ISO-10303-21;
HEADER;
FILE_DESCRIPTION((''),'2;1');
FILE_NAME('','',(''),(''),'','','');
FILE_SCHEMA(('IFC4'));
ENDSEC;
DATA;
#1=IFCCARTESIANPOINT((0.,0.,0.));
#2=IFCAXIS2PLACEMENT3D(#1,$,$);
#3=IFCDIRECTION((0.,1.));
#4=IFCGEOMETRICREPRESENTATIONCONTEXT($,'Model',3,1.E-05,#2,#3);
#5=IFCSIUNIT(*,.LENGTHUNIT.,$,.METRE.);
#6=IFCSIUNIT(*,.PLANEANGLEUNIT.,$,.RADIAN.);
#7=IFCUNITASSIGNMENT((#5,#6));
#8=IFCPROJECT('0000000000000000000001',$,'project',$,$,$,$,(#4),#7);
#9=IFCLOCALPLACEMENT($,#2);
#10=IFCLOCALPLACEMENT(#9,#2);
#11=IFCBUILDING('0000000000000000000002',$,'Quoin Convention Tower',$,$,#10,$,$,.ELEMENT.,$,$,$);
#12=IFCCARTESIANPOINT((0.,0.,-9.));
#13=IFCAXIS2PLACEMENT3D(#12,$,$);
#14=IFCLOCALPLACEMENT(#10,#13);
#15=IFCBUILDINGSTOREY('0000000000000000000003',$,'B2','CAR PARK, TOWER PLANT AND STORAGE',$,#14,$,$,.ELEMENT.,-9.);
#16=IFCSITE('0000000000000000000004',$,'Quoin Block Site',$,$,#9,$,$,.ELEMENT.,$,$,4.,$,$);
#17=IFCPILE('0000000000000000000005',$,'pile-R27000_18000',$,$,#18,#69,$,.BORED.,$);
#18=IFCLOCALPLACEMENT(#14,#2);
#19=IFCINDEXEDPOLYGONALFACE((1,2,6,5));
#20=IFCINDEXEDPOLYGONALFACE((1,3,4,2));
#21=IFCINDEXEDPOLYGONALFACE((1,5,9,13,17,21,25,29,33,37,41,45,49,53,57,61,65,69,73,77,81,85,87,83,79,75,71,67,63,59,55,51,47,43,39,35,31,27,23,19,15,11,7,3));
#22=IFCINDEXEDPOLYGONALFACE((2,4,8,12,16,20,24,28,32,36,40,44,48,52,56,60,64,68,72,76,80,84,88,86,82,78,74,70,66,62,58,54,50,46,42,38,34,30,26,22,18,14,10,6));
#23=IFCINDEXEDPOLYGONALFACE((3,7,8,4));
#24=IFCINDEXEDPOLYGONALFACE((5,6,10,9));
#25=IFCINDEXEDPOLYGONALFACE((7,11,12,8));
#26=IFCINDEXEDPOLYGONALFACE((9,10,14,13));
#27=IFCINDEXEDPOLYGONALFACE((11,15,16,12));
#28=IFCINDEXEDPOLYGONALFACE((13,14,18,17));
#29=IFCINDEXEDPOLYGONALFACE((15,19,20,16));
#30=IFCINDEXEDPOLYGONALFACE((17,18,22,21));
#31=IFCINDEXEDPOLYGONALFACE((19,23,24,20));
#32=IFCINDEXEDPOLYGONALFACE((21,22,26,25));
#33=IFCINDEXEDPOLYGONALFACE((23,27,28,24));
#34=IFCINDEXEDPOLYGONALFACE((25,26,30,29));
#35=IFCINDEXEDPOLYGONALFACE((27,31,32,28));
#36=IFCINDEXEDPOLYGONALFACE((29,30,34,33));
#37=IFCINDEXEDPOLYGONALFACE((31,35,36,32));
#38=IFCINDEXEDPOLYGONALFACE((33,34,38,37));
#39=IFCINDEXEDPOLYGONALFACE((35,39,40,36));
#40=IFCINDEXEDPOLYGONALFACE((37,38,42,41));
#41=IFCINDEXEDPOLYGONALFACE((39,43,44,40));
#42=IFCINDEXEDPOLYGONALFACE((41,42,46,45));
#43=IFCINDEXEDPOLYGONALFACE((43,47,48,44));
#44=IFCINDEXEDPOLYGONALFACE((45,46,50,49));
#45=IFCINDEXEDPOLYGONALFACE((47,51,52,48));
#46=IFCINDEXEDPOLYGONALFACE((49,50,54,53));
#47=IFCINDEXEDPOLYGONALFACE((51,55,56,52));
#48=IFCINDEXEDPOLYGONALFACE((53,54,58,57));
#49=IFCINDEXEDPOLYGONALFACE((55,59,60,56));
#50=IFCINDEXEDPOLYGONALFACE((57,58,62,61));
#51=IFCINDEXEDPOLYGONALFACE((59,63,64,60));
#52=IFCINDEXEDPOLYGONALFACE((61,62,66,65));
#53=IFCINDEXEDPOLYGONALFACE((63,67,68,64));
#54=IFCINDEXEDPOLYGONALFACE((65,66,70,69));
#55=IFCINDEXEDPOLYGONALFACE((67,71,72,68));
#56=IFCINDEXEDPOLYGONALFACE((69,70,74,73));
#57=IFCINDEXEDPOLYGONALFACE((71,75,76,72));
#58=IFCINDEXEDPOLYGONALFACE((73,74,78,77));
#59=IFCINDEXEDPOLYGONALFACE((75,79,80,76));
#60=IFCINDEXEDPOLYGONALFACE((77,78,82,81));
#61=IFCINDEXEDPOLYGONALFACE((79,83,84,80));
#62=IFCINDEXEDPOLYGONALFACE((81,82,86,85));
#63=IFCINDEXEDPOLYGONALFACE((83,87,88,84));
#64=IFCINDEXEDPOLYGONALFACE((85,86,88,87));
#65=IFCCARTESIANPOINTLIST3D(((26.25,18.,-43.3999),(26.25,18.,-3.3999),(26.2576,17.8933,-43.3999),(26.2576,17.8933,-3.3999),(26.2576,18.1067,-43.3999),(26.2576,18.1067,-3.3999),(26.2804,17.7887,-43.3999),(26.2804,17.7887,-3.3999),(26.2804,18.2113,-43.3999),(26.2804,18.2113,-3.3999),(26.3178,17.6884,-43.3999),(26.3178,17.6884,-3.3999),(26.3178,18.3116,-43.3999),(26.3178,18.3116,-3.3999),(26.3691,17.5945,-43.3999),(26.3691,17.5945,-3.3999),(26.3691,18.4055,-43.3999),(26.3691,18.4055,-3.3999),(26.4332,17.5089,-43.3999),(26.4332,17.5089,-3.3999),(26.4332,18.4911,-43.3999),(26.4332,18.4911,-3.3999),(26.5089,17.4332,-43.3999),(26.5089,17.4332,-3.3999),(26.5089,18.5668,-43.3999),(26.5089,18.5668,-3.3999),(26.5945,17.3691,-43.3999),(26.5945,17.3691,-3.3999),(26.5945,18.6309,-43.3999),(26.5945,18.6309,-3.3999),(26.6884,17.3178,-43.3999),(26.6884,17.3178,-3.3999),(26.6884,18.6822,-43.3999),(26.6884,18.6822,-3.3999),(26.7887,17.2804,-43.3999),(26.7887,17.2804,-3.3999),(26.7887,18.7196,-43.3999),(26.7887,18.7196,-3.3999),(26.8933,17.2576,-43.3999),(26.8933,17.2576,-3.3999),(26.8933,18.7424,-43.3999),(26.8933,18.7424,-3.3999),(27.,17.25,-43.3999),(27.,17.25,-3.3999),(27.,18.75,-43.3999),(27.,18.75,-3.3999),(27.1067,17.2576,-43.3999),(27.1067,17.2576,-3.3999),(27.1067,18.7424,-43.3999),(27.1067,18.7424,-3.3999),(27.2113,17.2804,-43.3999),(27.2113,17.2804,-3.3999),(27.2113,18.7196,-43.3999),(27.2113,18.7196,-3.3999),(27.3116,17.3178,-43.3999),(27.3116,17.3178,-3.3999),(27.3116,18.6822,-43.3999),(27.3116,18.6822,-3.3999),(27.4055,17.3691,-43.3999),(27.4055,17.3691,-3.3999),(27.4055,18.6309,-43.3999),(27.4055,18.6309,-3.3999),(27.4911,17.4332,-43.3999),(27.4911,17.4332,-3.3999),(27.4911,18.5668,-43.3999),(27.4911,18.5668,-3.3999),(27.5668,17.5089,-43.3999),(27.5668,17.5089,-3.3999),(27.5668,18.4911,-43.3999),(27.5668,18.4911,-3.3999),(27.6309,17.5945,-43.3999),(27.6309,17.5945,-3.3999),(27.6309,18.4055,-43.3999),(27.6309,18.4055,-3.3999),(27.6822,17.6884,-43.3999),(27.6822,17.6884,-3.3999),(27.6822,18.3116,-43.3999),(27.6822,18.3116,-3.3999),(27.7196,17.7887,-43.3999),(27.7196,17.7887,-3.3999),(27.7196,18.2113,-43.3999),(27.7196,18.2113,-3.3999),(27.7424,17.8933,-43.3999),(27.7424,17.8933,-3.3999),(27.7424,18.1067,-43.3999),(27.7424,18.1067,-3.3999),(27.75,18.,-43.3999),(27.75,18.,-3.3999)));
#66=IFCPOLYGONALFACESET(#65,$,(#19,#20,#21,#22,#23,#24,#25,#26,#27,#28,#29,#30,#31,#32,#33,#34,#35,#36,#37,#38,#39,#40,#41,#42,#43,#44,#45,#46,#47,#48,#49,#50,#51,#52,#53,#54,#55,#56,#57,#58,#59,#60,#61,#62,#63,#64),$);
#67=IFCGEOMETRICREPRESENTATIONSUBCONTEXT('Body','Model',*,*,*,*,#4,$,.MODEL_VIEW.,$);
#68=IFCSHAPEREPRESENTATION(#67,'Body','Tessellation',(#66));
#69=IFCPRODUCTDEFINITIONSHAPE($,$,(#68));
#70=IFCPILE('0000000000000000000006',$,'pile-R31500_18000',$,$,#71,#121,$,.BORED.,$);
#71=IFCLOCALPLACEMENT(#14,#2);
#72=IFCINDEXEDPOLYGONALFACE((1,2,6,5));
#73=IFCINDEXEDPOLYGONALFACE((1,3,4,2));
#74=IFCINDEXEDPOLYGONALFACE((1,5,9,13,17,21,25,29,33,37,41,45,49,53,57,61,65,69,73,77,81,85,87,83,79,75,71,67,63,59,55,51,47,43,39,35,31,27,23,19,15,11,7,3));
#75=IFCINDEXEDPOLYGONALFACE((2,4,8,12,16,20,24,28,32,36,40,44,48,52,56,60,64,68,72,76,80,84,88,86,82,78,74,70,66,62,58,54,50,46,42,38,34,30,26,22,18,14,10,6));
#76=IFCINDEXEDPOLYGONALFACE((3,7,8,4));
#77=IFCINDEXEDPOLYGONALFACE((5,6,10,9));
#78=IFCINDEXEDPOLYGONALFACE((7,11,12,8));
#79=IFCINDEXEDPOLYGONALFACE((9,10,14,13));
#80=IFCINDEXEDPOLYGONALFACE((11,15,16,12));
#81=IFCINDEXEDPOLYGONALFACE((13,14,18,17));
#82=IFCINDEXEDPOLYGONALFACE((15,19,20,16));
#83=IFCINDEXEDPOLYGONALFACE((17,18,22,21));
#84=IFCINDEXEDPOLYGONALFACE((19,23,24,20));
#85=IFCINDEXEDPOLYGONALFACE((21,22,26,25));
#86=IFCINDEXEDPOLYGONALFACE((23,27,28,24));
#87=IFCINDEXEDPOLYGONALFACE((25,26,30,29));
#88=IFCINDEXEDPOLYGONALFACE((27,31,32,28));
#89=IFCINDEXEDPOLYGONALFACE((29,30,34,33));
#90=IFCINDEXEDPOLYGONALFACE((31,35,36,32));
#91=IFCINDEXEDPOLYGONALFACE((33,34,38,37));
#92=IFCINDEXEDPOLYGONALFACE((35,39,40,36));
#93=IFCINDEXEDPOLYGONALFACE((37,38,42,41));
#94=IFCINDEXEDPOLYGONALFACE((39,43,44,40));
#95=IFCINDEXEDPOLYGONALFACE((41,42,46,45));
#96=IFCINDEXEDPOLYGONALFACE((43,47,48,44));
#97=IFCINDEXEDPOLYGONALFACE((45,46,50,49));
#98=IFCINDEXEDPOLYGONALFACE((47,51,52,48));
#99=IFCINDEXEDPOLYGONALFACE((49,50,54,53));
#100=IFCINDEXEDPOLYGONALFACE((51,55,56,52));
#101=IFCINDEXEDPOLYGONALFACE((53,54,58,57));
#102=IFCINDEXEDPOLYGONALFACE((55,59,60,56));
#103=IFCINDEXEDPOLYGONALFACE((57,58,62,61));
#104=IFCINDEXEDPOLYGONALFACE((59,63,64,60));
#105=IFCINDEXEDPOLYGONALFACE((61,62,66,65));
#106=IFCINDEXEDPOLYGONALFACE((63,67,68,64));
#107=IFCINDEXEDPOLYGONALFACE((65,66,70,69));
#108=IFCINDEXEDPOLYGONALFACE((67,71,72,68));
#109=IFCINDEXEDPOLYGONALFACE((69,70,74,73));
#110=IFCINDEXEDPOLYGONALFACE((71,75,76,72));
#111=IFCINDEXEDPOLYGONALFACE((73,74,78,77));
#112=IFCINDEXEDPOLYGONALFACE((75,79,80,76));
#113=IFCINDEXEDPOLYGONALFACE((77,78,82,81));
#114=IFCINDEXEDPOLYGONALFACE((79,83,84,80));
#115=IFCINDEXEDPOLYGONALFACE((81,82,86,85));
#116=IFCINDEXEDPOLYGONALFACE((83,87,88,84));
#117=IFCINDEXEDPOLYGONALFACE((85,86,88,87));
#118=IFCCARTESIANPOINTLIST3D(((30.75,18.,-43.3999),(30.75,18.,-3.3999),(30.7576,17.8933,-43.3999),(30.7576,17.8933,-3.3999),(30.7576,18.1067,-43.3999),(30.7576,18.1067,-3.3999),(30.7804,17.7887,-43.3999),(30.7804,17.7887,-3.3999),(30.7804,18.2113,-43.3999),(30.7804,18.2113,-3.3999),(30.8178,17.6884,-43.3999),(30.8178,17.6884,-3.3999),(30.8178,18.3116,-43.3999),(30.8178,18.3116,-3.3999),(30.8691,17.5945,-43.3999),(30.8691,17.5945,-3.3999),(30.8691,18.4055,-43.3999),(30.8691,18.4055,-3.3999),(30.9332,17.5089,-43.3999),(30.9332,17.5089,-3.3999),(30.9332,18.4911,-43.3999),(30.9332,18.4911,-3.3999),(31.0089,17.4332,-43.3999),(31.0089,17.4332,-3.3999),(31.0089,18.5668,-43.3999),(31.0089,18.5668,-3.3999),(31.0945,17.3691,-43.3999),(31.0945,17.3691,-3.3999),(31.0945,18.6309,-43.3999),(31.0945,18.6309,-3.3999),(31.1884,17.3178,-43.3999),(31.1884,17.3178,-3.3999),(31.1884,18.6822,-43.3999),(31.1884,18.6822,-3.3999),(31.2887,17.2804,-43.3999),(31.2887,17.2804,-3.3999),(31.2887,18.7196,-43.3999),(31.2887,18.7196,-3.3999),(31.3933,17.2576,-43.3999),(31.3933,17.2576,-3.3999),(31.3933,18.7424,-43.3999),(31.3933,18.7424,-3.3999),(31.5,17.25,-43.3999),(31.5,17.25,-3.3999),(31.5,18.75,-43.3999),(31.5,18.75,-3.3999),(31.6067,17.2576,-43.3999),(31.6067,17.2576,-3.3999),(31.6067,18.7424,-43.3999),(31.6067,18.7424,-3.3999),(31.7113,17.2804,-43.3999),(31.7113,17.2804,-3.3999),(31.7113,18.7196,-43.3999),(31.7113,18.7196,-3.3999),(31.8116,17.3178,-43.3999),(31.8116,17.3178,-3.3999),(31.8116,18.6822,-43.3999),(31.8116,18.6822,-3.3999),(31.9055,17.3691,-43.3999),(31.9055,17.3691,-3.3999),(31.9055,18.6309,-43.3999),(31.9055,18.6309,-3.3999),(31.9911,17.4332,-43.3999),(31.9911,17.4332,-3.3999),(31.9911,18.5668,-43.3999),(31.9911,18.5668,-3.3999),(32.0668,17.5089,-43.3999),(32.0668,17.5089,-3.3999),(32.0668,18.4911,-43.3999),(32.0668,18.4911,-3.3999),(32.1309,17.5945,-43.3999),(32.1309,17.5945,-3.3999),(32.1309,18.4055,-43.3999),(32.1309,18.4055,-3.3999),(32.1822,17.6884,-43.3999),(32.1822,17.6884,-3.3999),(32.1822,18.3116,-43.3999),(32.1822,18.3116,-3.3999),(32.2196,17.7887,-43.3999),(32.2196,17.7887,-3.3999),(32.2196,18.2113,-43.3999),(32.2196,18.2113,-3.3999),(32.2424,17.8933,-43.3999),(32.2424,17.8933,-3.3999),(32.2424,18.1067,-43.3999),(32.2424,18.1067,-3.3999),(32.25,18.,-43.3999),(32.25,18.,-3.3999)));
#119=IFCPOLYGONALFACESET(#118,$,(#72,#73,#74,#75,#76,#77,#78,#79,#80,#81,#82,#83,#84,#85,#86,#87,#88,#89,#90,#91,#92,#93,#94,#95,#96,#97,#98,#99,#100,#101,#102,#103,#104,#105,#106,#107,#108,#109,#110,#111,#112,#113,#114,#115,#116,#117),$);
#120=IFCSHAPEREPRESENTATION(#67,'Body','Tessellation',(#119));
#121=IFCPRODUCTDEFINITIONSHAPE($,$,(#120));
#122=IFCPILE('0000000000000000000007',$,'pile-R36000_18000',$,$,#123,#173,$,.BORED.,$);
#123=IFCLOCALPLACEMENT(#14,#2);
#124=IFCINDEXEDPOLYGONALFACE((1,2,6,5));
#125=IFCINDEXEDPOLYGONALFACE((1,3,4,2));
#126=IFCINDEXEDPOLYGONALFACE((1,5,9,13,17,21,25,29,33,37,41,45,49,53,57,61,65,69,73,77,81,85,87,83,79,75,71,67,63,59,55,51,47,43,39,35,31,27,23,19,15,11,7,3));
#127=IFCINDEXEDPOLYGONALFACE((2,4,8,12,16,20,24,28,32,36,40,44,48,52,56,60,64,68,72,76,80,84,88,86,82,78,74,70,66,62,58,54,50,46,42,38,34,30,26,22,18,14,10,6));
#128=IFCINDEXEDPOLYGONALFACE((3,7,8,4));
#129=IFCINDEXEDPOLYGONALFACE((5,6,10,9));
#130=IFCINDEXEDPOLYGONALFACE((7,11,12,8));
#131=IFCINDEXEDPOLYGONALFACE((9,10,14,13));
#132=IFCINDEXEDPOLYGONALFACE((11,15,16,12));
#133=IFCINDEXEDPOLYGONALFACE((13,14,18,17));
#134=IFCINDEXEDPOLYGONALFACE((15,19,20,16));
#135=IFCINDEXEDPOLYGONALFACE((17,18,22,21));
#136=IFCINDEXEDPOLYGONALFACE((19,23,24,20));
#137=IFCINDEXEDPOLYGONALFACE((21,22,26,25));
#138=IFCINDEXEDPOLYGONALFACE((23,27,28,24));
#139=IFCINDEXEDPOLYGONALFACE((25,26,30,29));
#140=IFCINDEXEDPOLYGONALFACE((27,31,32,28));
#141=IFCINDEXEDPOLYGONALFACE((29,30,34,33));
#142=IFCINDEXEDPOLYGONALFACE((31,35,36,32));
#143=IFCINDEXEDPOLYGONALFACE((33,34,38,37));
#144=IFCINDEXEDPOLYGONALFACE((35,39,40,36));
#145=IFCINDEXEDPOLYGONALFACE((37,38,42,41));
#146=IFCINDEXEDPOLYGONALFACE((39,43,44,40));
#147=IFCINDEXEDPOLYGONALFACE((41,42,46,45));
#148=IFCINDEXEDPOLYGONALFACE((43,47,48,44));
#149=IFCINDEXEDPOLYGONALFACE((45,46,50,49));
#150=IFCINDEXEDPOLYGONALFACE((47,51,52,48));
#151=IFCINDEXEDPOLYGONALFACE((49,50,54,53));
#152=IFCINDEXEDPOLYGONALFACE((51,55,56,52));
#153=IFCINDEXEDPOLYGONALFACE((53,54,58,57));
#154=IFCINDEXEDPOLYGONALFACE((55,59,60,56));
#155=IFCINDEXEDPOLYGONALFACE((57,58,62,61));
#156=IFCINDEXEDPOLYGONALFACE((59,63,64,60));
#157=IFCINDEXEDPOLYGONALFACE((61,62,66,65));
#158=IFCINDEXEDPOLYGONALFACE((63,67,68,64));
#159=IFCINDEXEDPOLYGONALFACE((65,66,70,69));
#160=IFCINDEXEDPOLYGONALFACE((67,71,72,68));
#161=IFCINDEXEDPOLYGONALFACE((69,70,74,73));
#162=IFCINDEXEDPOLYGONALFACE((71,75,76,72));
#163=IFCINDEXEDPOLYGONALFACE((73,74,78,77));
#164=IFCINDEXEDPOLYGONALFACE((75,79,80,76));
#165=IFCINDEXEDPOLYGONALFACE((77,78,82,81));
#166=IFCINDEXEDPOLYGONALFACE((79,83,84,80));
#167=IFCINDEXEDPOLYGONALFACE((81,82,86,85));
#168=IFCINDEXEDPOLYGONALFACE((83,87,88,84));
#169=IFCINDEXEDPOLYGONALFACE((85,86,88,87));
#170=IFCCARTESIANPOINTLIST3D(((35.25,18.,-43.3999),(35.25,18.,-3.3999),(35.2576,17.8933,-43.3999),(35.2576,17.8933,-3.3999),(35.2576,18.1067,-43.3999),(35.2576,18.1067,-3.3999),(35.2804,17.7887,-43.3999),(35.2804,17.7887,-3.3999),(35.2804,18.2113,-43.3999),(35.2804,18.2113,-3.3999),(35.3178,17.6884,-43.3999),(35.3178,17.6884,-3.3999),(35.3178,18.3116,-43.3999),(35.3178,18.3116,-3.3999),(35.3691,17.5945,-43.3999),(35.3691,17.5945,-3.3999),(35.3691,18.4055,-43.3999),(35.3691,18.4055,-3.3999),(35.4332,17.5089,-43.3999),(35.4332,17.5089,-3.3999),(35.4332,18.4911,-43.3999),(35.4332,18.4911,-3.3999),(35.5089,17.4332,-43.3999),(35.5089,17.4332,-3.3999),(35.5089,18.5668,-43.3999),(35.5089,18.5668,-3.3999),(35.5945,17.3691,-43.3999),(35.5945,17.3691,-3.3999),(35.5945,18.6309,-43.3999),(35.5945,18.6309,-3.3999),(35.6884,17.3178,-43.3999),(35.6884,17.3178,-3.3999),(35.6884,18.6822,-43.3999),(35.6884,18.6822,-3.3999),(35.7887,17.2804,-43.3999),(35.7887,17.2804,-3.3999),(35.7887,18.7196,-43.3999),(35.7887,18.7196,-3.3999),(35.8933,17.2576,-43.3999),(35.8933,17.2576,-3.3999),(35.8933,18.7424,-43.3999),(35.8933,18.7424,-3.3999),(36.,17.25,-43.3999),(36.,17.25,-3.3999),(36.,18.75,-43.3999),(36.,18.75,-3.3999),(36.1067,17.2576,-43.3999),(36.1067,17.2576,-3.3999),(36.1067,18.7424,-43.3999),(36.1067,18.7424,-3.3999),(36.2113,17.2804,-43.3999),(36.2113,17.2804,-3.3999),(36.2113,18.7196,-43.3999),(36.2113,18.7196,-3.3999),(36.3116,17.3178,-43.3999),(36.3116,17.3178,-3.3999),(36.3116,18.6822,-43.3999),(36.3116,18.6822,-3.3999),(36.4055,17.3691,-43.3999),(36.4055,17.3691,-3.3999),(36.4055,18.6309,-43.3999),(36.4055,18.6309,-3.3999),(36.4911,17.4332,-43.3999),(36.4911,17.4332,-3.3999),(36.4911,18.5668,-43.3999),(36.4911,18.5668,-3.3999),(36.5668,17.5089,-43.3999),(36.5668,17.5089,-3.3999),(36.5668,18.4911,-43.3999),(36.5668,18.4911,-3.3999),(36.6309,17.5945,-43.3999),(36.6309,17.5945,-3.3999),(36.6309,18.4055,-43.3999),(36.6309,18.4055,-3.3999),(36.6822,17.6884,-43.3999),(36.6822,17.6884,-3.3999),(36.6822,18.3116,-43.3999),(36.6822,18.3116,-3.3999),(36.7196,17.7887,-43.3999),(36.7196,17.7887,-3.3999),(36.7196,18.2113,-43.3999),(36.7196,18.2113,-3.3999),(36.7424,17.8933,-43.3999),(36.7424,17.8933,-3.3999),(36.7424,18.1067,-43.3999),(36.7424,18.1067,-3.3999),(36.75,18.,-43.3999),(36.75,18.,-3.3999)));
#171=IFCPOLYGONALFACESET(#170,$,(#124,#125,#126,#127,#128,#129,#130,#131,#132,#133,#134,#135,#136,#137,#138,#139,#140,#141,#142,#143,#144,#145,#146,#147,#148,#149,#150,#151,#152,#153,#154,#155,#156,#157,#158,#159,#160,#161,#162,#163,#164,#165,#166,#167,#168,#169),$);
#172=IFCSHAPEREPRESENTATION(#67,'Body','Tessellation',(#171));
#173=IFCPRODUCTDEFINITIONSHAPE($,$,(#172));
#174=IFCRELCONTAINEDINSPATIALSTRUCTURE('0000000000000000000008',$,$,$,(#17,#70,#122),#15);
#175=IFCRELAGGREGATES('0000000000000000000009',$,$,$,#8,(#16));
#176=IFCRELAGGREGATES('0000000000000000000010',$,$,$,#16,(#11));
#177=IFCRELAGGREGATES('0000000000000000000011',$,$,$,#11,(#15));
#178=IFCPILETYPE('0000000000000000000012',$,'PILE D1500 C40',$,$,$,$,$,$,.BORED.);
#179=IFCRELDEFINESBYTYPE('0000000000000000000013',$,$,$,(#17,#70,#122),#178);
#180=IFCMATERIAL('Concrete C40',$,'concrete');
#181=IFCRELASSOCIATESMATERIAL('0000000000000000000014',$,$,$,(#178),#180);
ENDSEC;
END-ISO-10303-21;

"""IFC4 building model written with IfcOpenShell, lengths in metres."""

from ifc_helpers import new_model, si_unit, direction, frame, origin, origin_2d, place, context, subcontext, project, spatial, circle, extrude, material, material_profile, profile_set, type_object, element, save


model = new_model("IFC4")

# Units and contexts
model_context = context("Model", 3, precision=1e-05, world=origin(), true_north=direction((0.0, 1.0)))
body_context = subcontext(model_context, "Body", "Model", "MODEL_VIEW")
ifc_project = project(units=[si_unit("LENGTHUNIT", "METRE"), si_unit("PLANEANGLEUNIT", "RADIAN")], contexts=[model_context])

# Site, building, storey
site_placement = place(None, origin())
site = spatial("IfcSite", under=ifc_project, at=site_placement, Name="Quoin Block Site", CompositionType="ELEMENT", RefElevation=4.0)
building_placement = place(site_placement, origin())
building = spatial("IfcBuilding", under=site, at=building_placement, Name="Quoin Convention Tower", CompositionType="ELEMENT")
storey_placement = place(building_placement, frame((0.0, 0.0, -9.0)))
storey = spatial("IfcBuildingStorey", under=building, at=storey_placement, Name="B2", Description="CAR PARK, TOWER PLANT AND STORAGE", CompositionType="ELEMENT", Elevation=-9.0)

# Piles
ifc_material_1 = material(Name="Concrete C40", Category="concrete")
ifc_material_profile_1 = material_profile(ifc_material_1, circle(Radius=0.75, at=origin_2d()), Name="D1500")
ifc_profile_set_1 = profile_set([ifc_material_profile_1], Name="Concrete C40")
pile_type = type_object("IfcPileType", Name="PILE D1500 C40", PredefinedType="BORED", material=ifc_profile_set_1)
for number, where, z_axis, x_axis, name in (
    (1, (27.0, 18.0, -3.3999), (0.0, 0.0, -1.0), (1.0, 0.0, 0.0), "pile-R27000_18000"),
    (2, (31.5, 18.0, -3.3999), (0.0, 0.0, -1.0), (1.0, 0.0, 0.0), "pile-R31500_18000"),
    (3, (36.0, 18.0, -3.3999), (0.0, 0.0, -1.0), (1.0, 0.0, 0.0), "pile-R36000_18000"),
):
    element("IfcPile", number, at=place(storey_placement, frame(where, z_axis=z_axis, x_axis=x_axis)), inside=storey, type_object=pile_type, Name=name, PredefinedType="BORED", context=body_context, shape_type="SweptSolid", body=[
        extrude(circle(Radius=0.75, at=origin_2d()), origin(), (0.0, 0.0, 1.0), 40.0),
    ])

save(model, "model.ifc")
